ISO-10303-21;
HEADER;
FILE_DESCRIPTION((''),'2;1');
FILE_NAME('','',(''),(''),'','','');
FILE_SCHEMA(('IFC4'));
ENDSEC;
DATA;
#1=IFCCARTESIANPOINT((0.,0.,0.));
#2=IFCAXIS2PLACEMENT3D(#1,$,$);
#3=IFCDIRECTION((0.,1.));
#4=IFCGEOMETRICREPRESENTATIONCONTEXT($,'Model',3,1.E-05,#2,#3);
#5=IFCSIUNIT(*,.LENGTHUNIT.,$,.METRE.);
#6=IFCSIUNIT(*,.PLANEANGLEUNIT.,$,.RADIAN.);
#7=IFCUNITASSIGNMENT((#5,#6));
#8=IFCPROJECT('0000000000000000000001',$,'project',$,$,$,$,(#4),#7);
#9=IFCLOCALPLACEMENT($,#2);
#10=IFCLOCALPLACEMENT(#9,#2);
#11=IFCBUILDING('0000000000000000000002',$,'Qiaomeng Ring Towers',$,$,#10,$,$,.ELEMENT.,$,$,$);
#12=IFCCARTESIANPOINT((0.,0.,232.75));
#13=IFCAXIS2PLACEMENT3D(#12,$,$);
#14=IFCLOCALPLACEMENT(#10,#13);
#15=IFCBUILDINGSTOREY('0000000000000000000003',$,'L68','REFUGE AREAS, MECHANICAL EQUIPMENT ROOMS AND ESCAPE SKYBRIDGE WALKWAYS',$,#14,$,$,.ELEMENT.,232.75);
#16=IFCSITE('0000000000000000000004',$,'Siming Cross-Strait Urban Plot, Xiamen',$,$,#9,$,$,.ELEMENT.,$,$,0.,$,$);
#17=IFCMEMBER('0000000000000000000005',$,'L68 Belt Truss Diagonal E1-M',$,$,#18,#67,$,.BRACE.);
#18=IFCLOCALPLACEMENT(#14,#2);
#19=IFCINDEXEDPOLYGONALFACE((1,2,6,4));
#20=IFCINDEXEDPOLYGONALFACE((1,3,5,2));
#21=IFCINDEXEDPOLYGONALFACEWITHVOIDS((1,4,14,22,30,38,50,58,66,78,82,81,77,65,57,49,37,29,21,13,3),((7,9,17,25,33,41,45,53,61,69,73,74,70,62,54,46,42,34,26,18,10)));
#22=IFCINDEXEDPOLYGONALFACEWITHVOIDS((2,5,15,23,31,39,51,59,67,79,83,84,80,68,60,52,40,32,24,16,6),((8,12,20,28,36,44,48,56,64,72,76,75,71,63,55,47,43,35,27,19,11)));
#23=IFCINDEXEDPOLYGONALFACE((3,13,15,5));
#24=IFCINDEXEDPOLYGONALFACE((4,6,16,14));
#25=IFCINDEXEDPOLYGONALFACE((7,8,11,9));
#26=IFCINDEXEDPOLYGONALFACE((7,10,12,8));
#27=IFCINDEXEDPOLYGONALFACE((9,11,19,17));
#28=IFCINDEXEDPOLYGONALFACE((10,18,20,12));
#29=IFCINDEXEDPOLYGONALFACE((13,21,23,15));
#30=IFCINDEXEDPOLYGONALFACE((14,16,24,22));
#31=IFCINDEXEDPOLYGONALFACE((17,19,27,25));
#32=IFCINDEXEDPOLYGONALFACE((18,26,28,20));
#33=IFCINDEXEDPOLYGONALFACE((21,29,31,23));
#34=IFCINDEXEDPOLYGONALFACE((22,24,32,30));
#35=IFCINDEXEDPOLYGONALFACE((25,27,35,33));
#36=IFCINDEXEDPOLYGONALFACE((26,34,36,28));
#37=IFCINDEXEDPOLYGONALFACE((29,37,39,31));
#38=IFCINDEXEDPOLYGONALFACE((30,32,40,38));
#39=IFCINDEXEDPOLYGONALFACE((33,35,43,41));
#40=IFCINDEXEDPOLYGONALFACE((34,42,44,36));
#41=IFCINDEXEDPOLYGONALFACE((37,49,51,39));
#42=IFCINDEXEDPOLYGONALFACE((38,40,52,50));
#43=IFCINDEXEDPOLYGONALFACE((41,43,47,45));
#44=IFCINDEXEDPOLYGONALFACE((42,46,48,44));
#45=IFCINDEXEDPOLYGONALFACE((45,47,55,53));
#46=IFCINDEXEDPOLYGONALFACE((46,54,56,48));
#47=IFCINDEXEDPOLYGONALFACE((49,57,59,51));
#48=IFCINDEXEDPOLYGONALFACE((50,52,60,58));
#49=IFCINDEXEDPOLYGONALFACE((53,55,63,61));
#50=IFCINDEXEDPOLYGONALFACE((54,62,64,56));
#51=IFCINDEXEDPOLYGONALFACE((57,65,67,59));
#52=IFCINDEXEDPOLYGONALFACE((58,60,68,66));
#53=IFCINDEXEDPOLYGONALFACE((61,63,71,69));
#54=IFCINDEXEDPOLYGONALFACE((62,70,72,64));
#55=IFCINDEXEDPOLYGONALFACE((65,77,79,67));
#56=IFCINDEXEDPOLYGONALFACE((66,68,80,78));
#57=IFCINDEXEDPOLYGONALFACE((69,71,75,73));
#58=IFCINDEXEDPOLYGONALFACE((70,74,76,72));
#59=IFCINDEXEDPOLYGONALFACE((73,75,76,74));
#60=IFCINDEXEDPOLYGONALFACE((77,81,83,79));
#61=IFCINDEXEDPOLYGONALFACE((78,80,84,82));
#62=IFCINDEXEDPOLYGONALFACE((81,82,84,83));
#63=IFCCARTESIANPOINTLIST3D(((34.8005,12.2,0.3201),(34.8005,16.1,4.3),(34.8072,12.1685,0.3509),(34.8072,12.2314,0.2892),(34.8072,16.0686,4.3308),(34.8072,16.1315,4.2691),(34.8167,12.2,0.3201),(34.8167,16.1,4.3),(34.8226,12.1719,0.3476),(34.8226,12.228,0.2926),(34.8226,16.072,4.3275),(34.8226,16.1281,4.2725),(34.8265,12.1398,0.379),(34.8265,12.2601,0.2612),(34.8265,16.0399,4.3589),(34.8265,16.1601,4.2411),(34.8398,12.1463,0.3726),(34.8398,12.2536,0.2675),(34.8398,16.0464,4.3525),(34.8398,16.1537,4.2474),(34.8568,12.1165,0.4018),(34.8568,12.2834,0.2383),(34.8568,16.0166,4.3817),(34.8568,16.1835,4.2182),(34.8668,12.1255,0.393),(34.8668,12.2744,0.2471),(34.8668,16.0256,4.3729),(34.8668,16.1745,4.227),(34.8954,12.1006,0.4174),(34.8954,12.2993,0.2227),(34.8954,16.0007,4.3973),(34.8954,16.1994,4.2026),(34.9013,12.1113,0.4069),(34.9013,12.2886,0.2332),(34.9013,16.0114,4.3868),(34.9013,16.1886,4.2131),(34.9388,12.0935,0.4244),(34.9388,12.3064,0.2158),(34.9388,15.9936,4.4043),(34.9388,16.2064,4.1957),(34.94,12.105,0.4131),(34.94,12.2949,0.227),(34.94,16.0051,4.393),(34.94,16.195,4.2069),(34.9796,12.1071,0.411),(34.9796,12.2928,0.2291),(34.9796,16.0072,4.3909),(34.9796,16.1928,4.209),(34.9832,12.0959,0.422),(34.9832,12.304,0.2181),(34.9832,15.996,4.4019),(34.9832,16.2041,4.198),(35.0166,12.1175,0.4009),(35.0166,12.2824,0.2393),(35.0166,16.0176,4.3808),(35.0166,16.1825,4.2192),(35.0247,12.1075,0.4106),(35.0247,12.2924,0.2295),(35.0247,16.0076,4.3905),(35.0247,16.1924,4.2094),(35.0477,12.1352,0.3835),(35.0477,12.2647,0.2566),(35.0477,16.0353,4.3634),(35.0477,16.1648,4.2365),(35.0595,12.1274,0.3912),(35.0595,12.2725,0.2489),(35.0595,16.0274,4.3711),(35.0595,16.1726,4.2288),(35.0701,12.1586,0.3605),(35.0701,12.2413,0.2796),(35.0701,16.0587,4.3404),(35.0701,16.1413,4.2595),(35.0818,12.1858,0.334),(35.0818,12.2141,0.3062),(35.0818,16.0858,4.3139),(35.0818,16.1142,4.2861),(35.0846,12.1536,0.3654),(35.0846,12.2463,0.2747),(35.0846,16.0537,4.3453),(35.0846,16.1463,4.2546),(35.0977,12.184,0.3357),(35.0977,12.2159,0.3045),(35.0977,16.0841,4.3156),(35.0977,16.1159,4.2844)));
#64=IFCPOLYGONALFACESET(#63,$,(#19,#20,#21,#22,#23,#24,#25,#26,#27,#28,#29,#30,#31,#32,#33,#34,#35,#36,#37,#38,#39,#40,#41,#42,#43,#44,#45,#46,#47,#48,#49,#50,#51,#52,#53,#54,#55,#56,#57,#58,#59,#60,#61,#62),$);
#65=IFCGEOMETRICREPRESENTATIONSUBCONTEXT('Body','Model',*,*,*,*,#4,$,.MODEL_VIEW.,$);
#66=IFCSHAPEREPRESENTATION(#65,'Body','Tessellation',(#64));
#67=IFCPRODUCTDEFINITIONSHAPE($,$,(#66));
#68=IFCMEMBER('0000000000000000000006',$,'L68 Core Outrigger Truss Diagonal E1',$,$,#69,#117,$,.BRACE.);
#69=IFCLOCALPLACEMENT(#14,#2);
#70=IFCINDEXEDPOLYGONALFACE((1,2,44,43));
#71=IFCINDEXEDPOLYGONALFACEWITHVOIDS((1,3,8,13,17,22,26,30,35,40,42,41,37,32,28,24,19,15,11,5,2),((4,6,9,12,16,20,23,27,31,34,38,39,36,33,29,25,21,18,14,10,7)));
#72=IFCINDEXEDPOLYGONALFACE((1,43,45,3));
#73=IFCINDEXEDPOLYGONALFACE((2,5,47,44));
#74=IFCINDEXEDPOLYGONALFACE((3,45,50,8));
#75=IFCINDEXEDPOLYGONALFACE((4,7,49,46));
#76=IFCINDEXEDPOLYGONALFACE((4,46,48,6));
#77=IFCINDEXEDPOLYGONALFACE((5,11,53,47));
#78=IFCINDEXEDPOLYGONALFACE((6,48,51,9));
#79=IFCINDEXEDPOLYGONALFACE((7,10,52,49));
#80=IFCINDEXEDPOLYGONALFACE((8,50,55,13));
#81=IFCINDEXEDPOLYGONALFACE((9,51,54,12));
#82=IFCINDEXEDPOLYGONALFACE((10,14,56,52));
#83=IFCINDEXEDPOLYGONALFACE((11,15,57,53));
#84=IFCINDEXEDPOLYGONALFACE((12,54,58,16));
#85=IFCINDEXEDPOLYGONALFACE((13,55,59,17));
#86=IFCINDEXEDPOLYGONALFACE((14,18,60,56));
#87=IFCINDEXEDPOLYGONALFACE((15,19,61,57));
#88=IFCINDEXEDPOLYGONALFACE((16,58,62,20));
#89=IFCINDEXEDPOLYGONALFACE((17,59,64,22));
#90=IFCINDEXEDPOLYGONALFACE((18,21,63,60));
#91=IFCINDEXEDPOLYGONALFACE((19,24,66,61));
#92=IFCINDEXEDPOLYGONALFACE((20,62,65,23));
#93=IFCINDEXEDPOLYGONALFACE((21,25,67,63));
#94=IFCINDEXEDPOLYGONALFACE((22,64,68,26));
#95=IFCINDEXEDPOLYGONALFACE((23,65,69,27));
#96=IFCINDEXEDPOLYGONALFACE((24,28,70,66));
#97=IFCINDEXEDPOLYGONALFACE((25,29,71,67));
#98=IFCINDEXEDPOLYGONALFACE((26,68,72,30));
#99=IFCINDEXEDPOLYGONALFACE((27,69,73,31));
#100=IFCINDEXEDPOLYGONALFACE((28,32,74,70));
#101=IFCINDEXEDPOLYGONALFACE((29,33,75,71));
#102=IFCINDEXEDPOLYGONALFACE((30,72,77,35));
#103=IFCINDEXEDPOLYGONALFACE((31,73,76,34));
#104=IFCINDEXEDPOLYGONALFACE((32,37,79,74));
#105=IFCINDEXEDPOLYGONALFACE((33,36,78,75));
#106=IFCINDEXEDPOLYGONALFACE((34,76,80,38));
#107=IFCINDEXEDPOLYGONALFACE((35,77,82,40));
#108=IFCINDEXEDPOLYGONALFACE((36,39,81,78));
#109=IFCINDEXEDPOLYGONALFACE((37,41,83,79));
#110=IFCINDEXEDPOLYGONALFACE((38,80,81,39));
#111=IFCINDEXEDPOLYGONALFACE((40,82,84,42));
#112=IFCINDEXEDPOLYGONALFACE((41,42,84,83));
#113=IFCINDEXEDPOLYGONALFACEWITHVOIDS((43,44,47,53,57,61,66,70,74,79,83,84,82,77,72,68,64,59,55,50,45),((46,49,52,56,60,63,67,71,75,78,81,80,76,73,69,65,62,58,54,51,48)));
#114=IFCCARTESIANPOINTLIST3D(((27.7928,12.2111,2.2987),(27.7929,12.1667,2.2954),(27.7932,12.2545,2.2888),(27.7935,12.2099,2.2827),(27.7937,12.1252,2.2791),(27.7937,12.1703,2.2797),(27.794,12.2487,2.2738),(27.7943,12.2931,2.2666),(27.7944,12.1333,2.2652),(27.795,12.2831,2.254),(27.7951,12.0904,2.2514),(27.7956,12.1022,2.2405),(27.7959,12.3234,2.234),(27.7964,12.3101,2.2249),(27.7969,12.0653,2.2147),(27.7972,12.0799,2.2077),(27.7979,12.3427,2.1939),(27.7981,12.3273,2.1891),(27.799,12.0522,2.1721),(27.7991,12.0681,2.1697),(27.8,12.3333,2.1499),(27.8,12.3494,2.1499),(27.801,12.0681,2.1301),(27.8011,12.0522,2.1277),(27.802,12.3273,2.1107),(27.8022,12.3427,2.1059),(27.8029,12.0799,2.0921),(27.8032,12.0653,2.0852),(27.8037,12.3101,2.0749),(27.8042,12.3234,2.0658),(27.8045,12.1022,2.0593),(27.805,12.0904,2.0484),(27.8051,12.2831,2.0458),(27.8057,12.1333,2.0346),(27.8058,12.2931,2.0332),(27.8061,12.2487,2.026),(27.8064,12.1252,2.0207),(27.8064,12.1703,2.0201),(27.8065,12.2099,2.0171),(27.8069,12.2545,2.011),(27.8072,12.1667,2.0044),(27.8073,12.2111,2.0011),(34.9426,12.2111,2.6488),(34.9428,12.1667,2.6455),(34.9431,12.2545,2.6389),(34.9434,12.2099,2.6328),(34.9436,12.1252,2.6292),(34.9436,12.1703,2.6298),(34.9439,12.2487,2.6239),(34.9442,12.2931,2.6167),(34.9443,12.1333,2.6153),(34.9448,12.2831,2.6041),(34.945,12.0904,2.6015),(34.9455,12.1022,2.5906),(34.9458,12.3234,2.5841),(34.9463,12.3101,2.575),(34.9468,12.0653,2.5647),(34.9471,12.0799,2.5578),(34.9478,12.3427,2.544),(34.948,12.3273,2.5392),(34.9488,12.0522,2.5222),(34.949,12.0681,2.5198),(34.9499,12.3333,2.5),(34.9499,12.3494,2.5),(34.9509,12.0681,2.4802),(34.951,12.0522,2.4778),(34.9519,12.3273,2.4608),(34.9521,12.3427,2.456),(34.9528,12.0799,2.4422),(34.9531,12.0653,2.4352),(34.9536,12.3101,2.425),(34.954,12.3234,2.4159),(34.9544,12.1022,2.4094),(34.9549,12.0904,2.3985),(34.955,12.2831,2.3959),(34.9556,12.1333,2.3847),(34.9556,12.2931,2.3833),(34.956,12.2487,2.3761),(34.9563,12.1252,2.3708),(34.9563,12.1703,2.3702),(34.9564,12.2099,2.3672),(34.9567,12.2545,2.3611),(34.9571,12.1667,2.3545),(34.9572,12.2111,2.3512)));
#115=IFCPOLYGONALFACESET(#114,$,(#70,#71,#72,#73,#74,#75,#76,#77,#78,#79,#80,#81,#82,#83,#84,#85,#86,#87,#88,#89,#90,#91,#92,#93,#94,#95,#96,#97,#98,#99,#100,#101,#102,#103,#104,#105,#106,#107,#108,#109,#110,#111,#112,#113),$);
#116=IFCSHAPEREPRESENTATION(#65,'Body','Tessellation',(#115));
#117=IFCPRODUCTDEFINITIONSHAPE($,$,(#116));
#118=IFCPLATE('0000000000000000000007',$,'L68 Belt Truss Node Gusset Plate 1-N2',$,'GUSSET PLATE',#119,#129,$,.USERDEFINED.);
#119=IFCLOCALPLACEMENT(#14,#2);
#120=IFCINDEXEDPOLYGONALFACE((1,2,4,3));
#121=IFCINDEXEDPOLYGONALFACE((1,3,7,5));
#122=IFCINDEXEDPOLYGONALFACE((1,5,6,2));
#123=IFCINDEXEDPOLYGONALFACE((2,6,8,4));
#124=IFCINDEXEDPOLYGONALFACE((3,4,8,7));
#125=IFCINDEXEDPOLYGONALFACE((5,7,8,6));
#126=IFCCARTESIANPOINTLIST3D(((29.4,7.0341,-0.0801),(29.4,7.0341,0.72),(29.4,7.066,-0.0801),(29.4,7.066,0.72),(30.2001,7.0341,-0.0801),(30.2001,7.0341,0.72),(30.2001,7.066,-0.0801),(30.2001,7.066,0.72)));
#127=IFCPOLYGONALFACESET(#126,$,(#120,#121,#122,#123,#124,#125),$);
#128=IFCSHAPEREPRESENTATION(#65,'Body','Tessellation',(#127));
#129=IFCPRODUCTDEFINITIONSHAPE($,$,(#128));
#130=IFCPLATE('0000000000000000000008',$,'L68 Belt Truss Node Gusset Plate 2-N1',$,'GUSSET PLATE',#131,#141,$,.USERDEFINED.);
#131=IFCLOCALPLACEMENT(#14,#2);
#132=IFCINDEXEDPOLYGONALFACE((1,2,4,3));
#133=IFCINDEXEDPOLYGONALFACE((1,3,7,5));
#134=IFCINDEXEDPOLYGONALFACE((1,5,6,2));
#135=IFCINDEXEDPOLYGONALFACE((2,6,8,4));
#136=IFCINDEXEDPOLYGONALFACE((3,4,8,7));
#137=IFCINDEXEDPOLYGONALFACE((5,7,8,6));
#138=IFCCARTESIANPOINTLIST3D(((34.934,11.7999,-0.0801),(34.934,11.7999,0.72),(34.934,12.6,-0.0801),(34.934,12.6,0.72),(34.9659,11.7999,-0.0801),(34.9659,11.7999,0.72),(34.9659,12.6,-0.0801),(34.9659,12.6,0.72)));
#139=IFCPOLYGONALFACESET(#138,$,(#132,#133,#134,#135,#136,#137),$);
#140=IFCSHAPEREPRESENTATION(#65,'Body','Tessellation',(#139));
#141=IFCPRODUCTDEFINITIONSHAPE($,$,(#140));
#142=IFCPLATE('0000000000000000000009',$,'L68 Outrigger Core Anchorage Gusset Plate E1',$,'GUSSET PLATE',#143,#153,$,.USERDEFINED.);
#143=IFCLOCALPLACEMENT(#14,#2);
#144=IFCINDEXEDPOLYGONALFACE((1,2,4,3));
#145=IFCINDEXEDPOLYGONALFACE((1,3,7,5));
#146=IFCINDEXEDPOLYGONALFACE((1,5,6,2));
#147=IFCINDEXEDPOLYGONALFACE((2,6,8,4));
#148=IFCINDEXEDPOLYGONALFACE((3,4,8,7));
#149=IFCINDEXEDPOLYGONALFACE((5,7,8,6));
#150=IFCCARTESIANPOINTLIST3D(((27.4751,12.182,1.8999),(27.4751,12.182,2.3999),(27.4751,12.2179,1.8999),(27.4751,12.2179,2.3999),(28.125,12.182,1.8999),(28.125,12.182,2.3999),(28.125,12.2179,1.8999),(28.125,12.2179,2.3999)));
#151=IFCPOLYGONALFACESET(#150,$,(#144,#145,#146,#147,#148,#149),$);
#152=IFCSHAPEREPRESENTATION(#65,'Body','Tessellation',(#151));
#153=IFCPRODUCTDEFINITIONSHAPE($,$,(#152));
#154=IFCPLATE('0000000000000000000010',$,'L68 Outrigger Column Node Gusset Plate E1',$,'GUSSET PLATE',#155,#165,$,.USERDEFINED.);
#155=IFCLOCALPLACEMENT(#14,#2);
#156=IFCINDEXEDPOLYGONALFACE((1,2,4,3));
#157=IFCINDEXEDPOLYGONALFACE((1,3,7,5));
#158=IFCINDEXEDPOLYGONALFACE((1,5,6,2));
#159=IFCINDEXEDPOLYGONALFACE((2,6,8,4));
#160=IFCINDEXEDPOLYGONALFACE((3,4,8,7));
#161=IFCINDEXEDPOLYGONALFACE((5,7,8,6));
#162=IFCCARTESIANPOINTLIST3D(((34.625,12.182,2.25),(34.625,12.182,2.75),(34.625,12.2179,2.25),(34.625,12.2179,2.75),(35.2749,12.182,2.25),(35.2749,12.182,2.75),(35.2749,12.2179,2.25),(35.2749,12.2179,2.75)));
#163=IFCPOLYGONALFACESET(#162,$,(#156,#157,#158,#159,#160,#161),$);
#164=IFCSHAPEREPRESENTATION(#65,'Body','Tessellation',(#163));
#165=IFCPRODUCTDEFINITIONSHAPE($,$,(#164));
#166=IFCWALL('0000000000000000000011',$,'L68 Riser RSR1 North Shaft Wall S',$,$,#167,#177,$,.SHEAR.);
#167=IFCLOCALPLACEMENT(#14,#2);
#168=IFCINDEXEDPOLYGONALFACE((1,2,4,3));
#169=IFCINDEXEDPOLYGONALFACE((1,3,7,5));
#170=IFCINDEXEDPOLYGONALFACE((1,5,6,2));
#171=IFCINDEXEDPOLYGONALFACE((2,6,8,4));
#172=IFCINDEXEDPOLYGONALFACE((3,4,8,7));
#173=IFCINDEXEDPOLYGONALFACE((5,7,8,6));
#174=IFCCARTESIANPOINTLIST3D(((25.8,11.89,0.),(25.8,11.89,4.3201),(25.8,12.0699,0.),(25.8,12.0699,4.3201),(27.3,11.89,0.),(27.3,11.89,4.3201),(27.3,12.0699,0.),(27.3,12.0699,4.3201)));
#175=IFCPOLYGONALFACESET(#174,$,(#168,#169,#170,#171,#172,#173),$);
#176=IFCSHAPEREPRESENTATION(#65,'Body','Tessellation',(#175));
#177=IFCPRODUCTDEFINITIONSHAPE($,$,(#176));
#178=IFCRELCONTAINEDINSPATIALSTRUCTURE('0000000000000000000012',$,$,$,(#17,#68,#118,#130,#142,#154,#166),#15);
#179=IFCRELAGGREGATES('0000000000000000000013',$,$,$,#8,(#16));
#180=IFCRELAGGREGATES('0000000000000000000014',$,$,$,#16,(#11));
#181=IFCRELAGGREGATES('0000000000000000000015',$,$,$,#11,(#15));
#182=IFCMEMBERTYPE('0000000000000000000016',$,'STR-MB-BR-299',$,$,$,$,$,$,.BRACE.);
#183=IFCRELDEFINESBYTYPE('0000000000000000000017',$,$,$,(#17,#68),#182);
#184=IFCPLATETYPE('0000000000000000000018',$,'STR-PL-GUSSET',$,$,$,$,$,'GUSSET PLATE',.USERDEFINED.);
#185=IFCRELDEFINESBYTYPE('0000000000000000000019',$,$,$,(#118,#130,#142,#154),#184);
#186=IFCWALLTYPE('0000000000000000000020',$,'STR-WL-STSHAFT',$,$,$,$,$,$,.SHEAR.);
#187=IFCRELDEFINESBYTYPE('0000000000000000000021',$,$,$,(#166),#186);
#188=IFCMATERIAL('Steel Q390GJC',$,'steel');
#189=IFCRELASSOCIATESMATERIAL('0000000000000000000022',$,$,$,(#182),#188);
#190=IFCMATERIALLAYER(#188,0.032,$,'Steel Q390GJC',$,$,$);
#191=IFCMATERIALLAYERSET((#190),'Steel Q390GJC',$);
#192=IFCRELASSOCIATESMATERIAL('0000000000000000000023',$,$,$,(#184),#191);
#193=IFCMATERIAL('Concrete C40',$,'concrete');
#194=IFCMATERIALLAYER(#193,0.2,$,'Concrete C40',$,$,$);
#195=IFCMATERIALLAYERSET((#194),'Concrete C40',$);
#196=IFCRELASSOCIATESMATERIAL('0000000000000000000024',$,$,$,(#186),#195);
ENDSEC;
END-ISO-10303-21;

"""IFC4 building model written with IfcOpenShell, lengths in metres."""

from ifc_helpers import new_model, si_unit, direction, frame, frame_2d, origin, origin_2d, place, context, subcontext, project, spatial, rectangle, hollow_circle, extrude, source, transform, mapped, material, layer, layer_set, material_profile, profile_set, type_object, element, save


model = new_model("IFC4")

# Units and contexts
model_context = context("Model", 3, precision=1e-05, world=origin(), true_north=direction((0.0, 1.0)))
body_context = subcontext(model_context, "Body", "Model", "MODEL_VIEW")
ifc_project = project(units=[si_unit("LENGTHUNIT", "METRE"), si_unit("PLANEANGLEUNIT", "RADIAN")], contexts=[model_context])

# Site, building, storey
site_placement = place(None, origin())
site = spatial("IfcSite", under=ifc_project, at=site_placement, Name="Siming Cross-Strait Urban Plot, Xiamen", CompositionType="ELEMENT", RefElevation=0.0)
building_placement = place(site_placement, origin())
building = spatial("IfcBuilding", under=site, at=building_placement, Name="Qiaomeng Ring Towers", CompositionType="ELEMENT")
storey_placement = place(building_placement, frame((0.0, 0.0, 232.75)))
storey = spatial("IfcBuildingStorey", under=building, at=storey_placement, Name="L68", Description="REFUGE AREAS, MECHANICAL EQUIPMENT ROOMS AND ESCAPE SKYBRIDGE WALKWAYS", CompositionType="ELEMENT", Elevation=232.75)

# Shared definitions
ifc_material_1 = material(Name="Concrete C40", Category="concrete")

# Shared definitions
ifc_material_2 = material(Name="Steel Q390GJC", Category="steel")

# Members
ifc_material_profile_1 = material_profile(ifc_material_2, hollow_circle(Radius=0.1494, WallThickness=0.0161, at=origin_2d()), Name="CHS 299x16")
ifc_profile_set_1 = profile_set([ifc_material_profile_1], Name="Steel Q390GJC")
member_type_1 = type_object("IfcMemberType", Name="STR-MB-BR-299", PredefinedType="BRACE", material=ifc_profile_set_1)
shared_shape_1 = source(origin(), body_context, "Body", "SweptSolid", [
    extrude(hollow_circle(Radius=0.1494, WallThickness=0.0161, at=origin_2d()), origin(), (0.0, 0.0, 1.0), 5.5723),
])
member_1_placement = place(storey_placement, frame((34.95, 12.2, 0.3201), z_axis=(0.0, 0.699907, 0.714234), x_axis=(-1.0, 0.0, 0.0)))
element("IfcMember", 1, at=member_1_placement, inside=storey, type_object=member_type_1, Name="L68 Belt Truss Diagonal E1-M", PredefinedType="BRACE", context=body_context, shape_type="MappedRepresentation", body=[
    mapped(shared_shape_1, transform((0.0, 0.0, 0.0), x_axis=(1.0, 0.0, 0.0), y_axis=(0.0, 1.0, 0.0), z_axis=(0.0, 0.0, 1.0), scale=1.0)),
])
shared_shape_2 = source(origin(), body_context, "Body", "SweptSolid", [
    extrude(hollow_circle(Radius=0.1494, WallThickness=0.0161, at=origin_2d()), origin(), (0.0, 0.0, 1.0), 7.1584),
])
member_2_placement = place(storey_placement, frame((27.8, 12.2, 2.1499), z_axis=(0.998803, 0.0, 0.048907), x_axis=(0.0, 1.0, 0.0)))
element("IfcMember", 2, at=member_2_placement, inside=storey, type_object=member_type_1, Name="L68 Core Outrigger Truss Diagonal E1", PredefinedType="BRACE", context=body_context, shape_type="MappedRepresentation", body=[
    mapped(shared_shape_2, transform((0.0, 0.0, 0.0), x_axis=(1.0, 0.0, 0.0), y_axis=(0.0, 1.0, 0.0), z_axis=(0.0, 0.0, 1.0), scale=1.0)),
])

# Plates
ifc_layer_1 = layer(ifc_material_2, 0.032, Name="Steel Q390GJC")
ifc_layer_set_1 = layer_set([ifc_layer_1], Name="Steel Q390GJC")
plate_type = type_object("IfcPlateType", Name="STR-PL-GUSSET", ElementType="GUSSET PLATE", PredefinedType="USERDEFINED", material=ifc_layer_set_1)
shared_shape_3 = source(origin(), body_context, "Body", "SweptSolid", [
    extrude(rectangle(XDim=0.8, YDim=0.032, at=origin_2d()), origin(), (0.0, 0.0, 1.0), 0.8),
])
for number, where, z_axis, x_axis, name in (
    (3, (29.8, 7.05, -0.0801), (0.0, 0.0, 1.0), (1.0, 0.0, 0.0), "L68 Belt Truss Node Gusset Plate 1-N2"),
    (4, (34.95, 12.2, -0.0801), (0.0, 0.0, 1.0), (0.0, 1.0, 0.0), "L68 Belt Truss Node Gusset Plate 2-N1"),
):
    element("IfcPlate", number, at=place(storey_placement, frame(where, z_axis=z_axis, x_axis=x_axis)), inside=storey, type_object=plate_type, Name=name, ObjectType="GUSSET PLATE", PredefinedType="USERDEFINED", context=body_context, shape_type="MappedRepresentation", body=[
        mapped(shared_shape_3, transform((0.0, 0.0, 0.0), x_axis=(1.0, 0.0, 0.0), y_axis=(0.0, 1.0, 0.0), z_axis=(0.0, 0.0, 1.0), scale=1.0)),
    ])
shared_shape_4 = source(origin(), body_context, "Body", "SweptSolid", [
    extrude(rectangle(XDim=0.6499, YDim=0.0359, at=origin_2d()), origin(), (0.0, 0.0, 1.0), 0.5),
])
for number, where, z_axis, x_axis, name in (
    (5, (27.8, 12.2, 1.8999), (0.0, 0.0, 1.0), (1.0, 0.0, 0.0), "L68 Outrigger Core Anchorage Gusset Plate E1"),
    (6, (34.95, 12.2, 2.25), (0.0, 0.0, 1.0), (1.0, 0.0, 0.0), "L68 Outrigger Column Node Gusset Plate E1"),
):
    element("IfcPlate", number, at=place(storey_placement, frame(where, z_axis=z_axis, x_axis=x_axis)), inside=storey, type_object=plate_type, Name=name, ObjectType="GUSSET PLATE", PredefinedType="USERDEFINED", context=body_context, shape_type="MappedRepresentation", body=[
        mapped(shared_shape_4, transform((0.0, 0.0, 0.0), x_axis=(1.0, 0.0, 0.0), y_axis=(0.0, 1.0, 0.0), z_axis=(0.0, 0.0, 1.0), scale=1.0)),
    ])

# Wall
ifc_layer_2 = layer(ifc_material_1, 0.2, Name="Concrete C40")
ifc_layer_set_2 = layer_set([ifc_layer_2], Name="Concrete C40")
wall_type_1 = type_object("IfcWallType", Name="STR-WL-STSHAFT", PredefinedType="SHEAR", material=ifc_layer_set_2)
wall_1_placement = place(storey_placement, frame((25.8, 11.98, 0.0), z_axis=(0.0, 0.0, 1.0), x_axis=(1.0, 0.0, 0.0)))
element("IfcWall", 7, at=wall_1_placement, inside=storey, type_object=wall_type_1, Name="L68 Riser RSR1 North Shaft Wall S", PredefinedType="SHEAR", context=body_context, shape_type="SweptSolid", body=[
    extrude(rectangle(XDim=1.5, YDim=0.1799, at=frame_2d((0.75, 0.0))), origin(), (0.0, 0.0, 1.0), 4.3201),
])

save(model, "model.ifc")
